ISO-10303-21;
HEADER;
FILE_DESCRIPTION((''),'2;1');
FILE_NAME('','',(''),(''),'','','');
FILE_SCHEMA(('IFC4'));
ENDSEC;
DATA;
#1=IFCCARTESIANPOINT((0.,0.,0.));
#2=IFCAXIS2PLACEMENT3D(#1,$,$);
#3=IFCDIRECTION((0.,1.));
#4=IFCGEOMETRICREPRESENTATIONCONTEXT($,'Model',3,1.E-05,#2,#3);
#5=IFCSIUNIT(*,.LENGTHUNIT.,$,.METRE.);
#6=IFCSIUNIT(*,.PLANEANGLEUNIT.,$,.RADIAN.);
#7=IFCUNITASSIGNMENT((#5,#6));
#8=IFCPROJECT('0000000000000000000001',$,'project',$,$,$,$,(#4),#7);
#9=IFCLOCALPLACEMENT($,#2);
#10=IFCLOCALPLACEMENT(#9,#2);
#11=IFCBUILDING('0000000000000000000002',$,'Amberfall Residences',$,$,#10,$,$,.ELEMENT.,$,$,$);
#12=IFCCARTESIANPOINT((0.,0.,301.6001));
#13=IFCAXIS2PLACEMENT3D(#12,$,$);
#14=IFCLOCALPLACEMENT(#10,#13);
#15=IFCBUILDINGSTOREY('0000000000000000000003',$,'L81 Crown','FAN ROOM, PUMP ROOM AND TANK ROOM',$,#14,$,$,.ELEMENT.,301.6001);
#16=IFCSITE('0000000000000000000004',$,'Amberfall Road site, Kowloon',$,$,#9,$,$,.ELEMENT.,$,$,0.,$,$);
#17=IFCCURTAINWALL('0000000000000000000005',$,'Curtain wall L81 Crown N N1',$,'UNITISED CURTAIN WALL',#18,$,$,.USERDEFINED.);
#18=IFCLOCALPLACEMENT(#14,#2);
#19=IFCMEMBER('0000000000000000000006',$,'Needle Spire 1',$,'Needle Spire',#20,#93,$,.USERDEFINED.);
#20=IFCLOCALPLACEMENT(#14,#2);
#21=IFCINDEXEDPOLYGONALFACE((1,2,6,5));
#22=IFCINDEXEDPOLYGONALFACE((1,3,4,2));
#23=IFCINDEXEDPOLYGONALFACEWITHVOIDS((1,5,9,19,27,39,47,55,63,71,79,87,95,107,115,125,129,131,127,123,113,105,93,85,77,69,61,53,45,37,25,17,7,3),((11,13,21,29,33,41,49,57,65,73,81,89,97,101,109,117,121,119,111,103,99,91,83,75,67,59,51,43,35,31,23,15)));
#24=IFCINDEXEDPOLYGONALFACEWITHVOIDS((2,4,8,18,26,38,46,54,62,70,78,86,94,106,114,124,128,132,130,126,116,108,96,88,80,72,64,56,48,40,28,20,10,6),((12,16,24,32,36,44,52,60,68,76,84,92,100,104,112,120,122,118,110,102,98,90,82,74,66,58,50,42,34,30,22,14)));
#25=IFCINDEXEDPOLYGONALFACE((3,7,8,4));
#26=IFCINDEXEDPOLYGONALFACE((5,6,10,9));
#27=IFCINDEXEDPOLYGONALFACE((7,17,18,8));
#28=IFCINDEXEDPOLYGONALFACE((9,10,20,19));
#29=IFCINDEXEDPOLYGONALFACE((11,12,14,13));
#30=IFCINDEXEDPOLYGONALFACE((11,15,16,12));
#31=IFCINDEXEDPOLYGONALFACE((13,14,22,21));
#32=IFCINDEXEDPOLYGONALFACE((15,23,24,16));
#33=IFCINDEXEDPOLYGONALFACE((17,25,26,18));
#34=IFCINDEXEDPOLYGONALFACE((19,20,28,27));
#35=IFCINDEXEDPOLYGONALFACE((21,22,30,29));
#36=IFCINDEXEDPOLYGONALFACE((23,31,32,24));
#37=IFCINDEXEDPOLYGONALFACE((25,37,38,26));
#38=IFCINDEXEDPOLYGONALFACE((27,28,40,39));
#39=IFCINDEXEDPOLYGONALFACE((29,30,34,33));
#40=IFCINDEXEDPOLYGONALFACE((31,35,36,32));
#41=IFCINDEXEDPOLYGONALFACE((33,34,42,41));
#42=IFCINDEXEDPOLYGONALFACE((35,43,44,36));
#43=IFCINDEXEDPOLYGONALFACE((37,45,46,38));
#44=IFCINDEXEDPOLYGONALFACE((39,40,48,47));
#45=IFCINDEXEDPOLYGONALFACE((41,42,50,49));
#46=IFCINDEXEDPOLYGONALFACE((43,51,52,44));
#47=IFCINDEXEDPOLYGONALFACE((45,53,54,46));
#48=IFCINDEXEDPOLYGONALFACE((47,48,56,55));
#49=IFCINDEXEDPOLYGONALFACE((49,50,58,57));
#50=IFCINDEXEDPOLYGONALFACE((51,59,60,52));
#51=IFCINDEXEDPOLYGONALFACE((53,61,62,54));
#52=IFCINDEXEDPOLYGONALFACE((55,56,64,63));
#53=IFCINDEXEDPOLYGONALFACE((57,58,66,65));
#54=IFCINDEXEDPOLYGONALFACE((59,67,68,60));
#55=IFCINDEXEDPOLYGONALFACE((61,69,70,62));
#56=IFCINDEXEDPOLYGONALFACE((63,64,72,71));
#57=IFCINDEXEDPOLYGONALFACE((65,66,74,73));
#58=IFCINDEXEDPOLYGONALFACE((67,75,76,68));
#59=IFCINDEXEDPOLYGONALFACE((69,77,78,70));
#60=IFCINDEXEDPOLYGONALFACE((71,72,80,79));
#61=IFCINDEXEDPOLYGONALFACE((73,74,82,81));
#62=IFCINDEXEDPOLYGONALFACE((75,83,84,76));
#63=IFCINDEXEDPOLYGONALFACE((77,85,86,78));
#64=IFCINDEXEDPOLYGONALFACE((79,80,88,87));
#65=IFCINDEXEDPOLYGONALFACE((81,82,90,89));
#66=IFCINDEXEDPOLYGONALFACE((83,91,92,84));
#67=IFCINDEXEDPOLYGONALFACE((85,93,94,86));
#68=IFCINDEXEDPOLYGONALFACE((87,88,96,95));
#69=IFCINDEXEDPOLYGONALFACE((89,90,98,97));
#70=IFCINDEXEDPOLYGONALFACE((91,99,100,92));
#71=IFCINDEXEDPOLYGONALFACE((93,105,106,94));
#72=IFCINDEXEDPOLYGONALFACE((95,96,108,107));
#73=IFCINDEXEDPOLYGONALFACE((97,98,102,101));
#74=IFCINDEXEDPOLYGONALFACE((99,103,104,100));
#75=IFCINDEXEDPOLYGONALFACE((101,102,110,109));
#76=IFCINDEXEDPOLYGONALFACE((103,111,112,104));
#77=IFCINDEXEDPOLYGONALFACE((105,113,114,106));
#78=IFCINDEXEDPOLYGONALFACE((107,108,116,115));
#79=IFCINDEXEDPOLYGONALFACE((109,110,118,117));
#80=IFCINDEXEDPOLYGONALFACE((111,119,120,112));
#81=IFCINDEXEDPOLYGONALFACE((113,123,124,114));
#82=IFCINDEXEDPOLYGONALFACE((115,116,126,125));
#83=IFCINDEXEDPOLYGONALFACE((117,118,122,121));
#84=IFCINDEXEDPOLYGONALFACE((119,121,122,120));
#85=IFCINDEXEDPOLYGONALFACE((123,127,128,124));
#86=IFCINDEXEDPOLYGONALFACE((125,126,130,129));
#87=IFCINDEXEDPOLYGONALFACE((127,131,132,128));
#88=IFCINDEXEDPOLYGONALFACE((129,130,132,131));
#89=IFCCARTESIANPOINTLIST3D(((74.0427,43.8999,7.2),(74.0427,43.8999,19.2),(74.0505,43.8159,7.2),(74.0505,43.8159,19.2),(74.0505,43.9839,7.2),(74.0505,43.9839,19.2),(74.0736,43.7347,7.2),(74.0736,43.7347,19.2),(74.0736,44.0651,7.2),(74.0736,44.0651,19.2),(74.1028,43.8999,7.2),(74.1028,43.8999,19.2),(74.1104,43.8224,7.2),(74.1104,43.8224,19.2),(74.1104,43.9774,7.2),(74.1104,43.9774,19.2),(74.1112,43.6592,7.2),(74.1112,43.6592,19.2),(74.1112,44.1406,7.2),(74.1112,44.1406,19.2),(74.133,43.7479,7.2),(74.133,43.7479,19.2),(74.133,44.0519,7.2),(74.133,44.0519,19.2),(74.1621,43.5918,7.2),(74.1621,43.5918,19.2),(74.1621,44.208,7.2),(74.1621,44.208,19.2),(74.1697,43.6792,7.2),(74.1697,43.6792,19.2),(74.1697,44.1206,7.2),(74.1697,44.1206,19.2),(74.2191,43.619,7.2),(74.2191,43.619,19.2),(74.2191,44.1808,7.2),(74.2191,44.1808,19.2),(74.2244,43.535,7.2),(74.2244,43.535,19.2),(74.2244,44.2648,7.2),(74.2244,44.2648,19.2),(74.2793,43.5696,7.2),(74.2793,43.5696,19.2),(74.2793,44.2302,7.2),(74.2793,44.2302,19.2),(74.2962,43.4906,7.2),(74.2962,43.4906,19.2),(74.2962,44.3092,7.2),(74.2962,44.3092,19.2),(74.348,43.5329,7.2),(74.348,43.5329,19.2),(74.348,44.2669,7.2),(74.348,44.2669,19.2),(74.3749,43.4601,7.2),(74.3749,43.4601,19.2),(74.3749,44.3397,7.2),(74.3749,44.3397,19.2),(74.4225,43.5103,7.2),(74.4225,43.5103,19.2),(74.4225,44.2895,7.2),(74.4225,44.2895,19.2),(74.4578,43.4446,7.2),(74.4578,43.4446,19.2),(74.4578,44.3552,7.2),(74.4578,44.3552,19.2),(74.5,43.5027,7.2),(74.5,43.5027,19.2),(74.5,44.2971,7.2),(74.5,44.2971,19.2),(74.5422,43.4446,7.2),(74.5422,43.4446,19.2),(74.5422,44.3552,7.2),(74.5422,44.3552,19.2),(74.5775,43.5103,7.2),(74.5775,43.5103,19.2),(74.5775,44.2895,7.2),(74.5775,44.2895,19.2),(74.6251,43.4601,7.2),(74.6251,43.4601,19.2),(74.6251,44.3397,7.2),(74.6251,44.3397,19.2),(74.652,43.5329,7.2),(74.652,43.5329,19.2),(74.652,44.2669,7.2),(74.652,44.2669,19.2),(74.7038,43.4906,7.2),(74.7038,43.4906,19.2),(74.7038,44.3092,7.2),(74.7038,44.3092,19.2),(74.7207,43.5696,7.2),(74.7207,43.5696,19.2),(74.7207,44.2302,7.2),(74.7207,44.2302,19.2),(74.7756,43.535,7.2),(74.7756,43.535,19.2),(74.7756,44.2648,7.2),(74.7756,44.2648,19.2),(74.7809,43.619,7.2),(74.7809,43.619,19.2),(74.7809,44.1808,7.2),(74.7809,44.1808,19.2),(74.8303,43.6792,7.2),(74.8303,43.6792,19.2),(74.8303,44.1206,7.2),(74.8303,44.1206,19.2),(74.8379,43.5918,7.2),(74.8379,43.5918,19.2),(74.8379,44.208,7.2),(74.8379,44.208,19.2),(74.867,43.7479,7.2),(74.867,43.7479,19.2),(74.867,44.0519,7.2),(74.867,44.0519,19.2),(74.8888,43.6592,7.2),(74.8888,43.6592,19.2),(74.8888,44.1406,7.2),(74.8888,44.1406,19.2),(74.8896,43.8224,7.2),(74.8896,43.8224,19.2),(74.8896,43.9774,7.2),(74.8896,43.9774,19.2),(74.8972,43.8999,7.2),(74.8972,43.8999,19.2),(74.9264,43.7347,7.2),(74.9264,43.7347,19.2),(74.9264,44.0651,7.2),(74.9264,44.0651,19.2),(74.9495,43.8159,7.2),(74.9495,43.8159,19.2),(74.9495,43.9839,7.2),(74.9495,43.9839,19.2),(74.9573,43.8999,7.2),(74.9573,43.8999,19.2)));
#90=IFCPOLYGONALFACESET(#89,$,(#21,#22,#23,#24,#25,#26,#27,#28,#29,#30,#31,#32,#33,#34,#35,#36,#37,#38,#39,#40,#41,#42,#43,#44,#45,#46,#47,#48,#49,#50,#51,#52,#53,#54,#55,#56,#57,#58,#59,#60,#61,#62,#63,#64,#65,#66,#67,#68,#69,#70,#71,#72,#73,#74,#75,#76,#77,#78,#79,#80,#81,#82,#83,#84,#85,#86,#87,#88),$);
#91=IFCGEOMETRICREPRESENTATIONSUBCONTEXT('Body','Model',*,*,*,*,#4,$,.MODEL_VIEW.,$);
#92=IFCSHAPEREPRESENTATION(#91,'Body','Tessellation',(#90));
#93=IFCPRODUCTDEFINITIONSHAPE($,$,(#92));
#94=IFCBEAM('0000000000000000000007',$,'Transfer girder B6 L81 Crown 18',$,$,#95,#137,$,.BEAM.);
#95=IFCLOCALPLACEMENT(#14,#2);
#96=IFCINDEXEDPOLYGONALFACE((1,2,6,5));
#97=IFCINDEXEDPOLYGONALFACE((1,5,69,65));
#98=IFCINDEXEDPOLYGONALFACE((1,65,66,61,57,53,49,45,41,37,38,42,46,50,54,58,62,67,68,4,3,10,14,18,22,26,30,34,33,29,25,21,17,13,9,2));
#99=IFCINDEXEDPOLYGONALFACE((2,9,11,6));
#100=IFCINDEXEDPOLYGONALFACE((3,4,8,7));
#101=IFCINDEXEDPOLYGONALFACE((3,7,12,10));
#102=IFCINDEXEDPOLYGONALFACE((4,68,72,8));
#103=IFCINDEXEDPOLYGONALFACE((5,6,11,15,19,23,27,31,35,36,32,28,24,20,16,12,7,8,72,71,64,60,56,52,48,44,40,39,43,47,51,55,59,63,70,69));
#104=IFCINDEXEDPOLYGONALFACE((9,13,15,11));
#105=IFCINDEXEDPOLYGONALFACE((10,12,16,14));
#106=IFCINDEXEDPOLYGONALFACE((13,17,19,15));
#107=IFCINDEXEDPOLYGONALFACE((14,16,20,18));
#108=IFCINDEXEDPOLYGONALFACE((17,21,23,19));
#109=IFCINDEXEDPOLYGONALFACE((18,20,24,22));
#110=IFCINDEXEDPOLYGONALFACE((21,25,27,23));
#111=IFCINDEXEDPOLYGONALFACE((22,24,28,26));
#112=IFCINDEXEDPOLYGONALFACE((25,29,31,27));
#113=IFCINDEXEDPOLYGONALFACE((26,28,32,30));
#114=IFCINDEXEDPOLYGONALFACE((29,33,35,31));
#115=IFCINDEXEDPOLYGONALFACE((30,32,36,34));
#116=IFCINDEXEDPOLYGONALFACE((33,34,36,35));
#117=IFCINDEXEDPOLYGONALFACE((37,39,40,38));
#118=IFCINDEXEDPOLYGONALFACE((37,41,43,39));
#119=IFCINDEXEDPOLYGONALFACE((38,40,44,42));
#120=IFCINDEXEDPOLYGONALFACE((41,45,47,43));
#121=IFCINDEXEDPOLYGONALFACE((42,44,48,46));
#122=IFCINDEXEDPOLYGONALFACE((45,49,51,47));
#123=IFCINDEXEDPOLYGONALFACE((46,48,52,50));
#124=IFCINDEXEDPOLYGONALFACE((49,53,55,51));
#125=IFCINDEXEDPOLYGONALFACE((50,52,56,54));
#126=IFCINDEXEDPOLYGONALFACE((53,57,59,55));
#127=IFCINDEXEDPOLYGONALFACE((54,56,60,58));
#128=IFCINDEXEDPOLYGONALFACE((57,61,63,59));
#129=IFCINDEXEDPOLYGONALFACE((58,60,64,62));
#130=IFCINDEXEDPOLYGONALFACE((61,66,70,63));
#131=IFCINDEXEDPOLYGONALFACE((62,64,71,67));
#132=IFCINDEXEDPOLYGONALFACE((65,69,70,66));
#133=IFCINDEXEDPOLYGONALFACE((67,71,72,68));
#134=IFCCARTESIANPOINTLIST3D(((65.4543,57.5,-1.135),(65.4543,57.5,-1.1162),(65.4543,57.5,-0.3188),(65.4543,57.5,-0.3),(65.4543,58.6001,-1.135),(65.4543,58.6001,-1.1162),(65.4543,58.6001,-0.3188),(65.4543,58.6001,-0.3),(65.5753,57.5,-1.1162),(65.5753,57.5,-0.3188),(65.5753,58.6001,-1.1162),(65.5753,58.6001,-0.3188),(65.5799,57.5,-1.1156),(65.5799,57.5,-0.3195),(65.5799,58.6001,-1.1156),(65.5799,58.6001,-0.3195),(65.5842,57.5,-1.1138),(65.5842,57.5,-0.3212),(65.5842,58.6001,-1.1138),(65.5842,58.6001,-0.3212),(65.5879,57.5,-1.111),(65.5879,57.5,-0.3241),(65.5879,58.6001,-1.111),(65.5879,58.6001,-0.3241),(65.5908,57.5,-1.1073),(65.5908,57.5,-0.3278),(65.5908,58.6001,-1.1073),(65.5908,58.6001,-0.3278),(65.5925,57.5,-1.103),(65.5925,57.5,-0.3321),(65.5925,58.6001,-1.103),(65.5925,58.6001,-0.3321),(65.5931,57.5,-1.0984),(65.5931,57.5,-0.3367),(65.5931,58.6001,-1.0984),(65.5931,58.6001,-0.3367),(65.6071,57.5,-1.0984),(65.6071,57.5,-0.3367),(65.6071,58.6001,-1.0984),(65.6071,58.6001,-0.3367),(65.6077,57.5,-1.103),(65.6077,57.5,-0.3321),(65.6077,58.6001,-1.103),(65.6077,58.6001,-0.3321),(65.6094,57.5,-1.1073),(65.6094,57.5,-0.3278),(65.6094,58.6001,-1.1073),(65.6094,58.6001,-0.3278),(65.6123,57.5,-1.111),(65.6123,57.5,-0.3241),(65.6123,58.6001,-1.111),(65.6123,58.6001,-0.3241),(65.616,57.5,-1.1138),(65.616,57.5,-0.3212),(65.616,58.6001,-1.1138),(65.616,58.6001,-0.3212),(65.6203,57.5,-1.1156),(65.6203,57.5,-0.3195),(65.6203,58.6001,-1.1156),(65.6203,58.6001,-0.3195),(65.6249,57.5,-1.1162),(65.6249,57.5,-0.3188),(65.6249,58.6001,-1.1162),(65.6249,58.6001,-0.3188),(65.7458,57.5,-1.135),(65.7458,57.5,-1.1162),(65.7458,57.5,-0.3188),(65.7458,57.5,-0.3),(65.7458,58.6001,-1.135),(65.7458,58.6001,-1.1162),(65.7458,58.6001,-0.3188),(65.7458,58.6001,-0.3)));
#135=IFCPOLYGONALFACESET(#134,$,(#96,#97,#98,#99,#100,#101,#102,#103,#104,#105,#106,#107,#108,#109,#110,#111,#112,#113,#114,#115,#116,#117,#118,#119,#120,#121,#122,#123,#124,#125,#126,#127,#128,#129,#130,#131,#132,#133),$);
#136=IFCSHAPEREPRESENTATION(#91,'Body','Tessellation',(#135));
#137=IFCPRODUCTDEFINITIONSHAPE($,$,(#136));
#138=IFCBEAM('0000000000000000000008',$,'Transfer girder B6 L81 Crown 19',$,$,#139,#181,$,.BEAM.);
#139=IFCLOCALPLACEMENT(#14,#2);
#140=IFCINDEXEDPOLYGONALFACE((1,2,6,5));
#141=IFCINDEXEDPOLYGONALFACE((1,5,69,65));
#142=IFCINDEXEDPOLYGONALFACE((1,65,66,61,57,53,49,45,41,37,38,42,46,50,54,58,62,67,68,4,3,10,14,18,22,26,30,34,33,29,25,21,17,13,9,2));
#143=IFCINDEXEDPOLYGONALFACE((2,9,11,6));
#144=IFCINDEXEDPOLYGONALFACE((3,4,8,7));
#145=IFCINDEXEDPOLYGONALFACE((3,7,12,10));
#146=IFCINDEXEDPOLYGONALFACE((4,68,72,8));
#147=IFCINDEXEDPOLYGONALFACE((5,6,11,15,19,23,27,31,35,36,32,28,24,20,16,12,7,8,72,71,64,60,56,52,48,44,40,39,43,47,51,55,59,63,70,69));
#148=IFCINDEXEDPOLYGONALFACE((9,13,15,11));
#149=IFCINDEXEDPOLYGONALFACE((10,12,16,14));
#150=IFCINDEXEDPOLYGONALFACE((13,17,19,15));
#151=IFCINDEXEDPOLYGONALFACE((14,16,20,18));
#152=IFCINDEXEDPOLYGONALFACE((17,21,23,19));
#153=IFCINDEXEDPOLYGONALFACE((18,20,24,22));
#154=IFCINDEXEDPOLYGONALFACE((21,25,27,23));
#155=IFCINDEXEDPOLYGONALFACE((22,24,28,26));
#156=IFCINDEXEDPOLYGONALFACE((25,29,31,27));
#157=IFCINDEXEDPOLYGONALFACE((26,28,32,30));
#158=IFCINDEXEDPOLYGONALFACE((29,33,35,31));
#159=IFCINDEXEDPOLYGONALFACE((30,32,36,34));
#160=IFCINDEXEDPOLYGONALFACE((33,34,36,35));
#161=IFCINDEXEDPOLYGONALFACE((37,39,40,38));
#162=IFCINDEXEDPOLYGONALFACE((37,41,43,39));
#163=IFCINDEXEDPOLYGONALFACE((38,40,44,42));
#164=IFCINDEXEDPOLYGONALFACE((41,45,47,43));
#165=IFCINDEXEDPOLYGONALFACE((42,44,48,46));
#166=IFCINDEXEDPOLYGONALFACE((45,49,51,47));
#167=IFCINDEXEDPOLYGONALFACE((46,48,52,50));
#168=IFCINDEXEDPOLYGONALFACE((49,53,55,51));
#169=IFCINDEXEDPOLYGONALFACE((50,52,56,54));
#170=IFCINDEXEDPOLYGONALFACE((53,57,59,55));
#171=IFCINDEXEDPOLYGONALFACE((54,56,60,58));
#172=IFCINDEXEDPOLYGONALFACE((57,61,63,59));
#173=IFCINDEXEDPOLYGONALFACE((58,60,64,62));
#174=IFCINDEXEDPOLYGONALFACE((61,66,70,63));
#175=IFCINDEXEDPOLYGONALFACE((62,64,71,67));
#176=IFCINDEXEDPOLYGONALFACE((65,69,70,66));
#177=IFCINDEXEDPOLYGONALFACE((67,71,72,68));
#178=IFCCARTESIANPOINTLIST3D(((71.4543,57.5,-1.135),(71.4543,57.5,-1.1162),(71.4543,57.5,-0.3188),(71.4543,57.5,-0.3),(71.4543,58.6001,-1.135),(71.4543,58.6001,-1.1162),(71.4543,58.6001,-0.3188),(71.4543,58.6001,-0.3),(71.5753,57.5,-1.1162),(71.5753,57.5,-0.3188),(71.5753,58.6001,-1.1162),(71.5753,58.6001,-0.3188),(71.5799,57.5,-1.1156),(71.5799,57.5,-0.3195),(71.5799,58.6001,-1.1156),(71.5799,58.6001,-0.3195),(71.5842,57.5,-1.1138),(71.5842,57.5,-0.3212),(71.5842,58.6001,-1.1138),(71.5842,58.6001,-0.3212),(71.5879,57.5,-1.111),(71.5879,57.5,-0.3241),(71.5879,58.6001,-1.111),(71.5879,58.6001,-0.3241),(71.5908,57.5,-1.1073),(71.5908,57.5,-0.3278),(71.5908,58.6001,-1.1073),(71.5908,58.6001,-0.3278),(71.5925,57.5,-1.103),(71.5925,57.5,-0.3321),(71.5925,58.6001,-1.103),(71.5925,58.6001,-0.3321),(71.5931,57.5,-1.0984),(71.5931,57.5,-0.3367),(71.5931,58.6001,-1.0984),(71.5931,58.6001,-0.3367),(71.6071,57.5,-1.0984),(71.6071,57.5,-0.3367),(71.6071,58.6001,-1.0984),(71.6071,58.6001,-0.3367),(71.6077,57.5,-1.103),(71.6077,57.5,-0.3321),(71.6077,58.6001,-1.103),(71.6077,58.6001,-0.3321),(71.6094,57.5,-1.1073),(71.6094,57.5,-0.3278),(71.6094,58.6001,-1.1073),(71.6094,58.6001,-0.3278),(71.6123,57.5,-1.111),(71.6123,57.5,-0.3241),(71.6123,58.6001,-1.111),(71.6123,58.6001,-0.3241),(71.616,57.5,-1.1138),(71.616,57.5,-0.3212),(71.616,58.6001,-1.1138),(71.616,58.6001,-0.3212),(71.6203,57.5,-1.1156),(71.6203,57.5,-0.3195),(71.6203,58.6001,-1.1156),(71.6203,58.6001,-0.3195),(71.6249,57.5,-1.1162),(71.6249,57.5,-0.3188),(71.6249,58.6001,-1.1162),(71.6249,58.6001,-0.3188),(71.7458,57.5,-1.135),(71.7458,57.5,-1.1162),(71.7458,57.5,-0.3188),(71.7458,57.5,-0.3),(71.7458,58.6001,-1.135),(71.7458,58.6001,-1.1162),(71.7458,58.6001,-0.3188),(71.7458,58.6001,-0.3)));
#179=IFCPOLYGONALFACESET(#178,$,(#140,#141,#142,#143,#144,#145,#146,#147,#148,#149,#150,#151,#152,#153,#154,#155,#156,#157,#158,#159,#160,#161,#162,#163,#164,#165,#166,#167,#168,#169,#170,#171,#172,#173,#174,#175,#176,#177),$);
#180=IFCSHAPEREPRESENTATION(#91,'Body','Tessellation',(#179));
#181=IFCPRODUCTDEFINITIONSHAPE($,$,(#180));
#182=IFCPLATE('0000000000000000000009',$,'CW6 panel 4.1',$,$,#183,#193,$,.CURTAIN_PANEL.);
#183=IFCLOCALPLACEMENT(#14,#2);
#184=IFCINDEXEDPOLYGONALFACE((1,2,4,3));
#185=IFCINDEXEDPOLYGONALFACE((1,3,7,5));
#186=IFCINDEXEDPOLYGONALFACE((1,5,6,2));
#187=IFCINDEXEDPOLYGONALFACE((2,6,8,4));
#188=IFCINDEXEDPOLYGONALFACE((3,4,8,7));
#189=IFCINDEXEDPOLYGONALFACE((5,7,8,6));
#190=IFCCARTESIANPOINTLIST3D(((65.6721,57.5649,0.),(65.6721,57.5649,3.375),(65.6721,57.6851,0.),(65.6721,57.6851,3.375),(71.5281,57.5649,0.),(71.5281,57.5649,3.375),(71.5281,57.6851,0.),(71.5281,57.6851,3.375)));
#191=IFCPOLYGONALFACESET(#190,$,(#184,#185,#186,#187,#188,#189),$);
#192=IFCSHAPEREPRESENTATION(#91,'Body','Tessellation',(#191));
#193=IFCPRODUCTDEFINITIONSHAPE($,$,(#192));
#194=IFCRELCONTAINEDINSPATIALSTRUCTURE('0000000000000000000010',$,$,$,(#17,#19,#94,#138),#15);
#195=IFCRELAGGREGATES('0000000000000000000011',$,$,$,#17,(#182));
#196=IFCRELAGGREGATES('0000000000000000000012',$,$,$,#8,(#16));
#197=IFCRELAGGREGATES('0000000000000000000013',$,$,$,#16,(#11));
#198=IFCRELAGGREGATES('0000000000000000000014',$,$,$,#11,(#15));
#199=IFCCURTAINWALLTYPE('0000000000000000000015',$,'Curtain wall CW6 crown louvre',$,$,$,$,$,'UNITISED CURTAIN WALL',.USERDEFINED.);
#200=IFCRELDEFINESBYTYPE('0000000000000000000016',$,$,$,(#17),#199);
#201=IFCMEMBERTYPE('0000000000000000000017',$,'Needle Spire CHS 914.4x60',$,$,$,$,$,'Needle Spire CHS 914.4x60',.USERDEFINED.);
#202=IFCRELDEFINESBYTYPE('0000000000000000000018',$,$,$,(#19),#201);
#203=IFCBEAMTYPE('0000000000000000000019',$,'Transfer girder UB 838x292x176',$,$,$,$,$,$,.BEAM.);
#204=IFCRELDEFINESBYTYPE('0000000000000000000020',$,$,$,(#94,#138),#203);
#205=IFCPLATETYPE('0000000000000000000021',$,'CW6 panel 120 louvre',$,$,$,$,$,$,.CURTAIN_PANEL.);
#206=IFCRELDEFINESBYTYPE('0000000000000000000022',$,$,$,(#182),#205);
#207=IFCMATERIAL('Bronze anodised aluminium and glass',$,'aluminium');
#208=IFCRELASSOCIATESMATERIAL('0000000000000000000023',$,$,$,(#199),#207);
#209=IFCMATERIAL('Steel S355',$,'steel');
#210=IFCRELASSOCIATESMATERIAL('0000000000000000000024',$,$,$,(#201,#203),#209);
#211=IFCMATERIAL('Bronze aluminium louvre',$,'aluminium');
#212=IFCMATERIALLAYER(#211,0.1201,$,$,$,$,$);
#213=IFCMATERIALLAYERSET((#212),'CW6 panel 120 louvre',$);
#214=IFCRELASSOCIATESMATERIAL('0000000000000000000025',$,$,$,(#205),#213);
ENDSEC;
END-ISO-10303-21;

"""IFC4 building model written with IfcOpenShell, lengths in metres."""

from ifc_helpers import new_model, si_unit, direction, frame, origin, origin_2d, place, context, subcontext, project, spatial, rectangle, hollow_circle, i_section, extrude, material, layer, layer_set, material_profile, profile_set, type_object, element, aggregate, save


model = new_model("IFC4")

# Units and contexts
model_context = context("Model", 3, precision=1e-05, world=origin(), true_north=direction((0.0, 1.0)))
body_context = subcontext(model_context, "Body", "Model", "MODEL_VIEW")
ifc_project = project(units=[si_unit("LENGTHUNIT", "METRE"), si_unit("PLANEANGLEUNIT", "RADIAN")], contexts=[model_context])

# Site, building, storey
site_placement = place(None, origin())
site = spatial("IfcSite", under=ifc_project, at=site_placement, Name="Amberfall Road site, Kowloon", CompositionType="ELEMENT", RefElevation=0.0)
building_placement = place(site_placement, origin())
building = spatial("IfcBuilding", under=site, at=building_placement, Name="Amberfall Residences", CompositionType="ELEMENT")
storey_placement = place(building_placement, frame((0.0, 0.0, 301.6001)))
storey = spatial("IfcBuildingStorey", under=building, at=storey_placement, Name="L81 Crown", Description="FAN ROOM, PUMP ROOM AND TANK ROOM", CompositionType="ELEMENT", Elevation=301.6001)

# Curtain wall
ifc_material_1 = material(Name="Bronze anodised aluminium and glass", Category="aluminium")
curtain_wall_type = type_object("IfcCurtainWallType", Name="Curtain wall CW6 crown louvre", ElementType="UNITISED CURTAIN WALL", PredefinedType="USERDEFINED", material=ifc_material_1)
curtain_wall_placement = place(storey_placement, origin())
curtain_wall = element("IfcCurtainWall", 1, at=curtain_wall_placement, inside=storey, type_object=curtain_wall_type, Name="Curtain wall L81 Crown N N1", ObjectType="UNITISED CURTAIN WALL", PredefinedType="USERDEFINED")

# Shared definitions
ifc_material_2 = material(Name="Steel S355", Category="steel")

# Member
ifc_material_profile_1 = material_profile(ifc_material_2, hollow_circle(Radius=0.4573, WallThickness=0.0601, at=origin_2d()), Name="CHS 914.4x60")
ifc_profile_set_1 = profile_set([ifc_material_profile_1], Name="Steel S355")
member_type_1 = type_object("IfcMemberType", Name="Needle Spire CHS 914.4x60", ElementType="Needle Spire CHS 914.4x60", PredefinedType="USERDEFINED", material=ifc_profile_set_1)
member_1_placement = place(storey_placement, frame((74.5, 43.8999, 7.2), z_axis=(0.0, 0.0, 1.0), x_axis=(1.0, 0.0, 0.0)))
element("IfcMember", 2, at=member_1_placement, inside=storey, type_object=member_type_1, Name="Needle Spire 1", ObjectType="Needle Spire", PredefinedType="USERDEFINED", context=body_context, shape_type="SweptSolid", body=[
    extrude(hollow_circle(Radius=0.4573, WallThickness=0.0601, at=origin_2d()), origin(), (0.0, 0.0, 1.0), 12.0),
])

# Beams
ifc_material_profile_2 = material_profile(ifc_material_2, i_section(OverallWidth=0.2915, OverallDepth=0.835, WebThickness=0.0139, FlangeThickness=0.0188, FilletRadius=0.0178, at=origin_2d()), Name="UB 838x292x176")
ifc_profile_set_2 = profile_set([ifc_material_profile_2], Name="Steel S355")
beam_type_1 = type_object("IfcBeamType", Name="Transfer girder UB 838x292x176", PredefinedType="BEAM", material=ifc_profile_set_2)
for number, where, z_axis, x_axis, name in (
    (3, (65.6001, 58.6001, -0.7175), (0.0, -1.0, 0.0), (1.0, 0.0, 0.0), "Transfer girder B6 L81 Crown 18"),
    (4, (71.6001, 58.6001, -0.7175), (0.0, -1.0, 0.0), (1.0, 0.0, 0.0), "Transfer girder B6 L81 Crown 19"),
):
    element("IfcBeam", number, at=place(storey_placement, frame(where, z_axis=z_axis, x_axis=x_axis)), inside=storey, type_object=beam_type_1, Name=name, PredefinedType="BEAM", context=body_context, shape_type="SweptSolid", body=[
        extrude(i_section(OverallWidth=0.2915, OverallDepth=0.835, WebThickness=0.0139, FlangeThickness=0.0188, FilletRadius=0.0178, at=origin_2d()), origin(), (0.0, 0.0, 1.0), 1.1001),
    ])

# Plate
ifc_material_3 = material(Name="Bronze aluminium louvre", Category="aluminium")
ifc_layer_1 = layer(ifc_material_3, 0.1201)
ifc_layer_set_1 = layer_set([ifc_layer_1], Name="CW6 panel 120 louvre")
plate_type = type_object("IfcPlateType", Name="CW6 panel 120 louvre", PredefinedType="CURTAIN_PANEL", material=ifc_layer_set_1)
plate_1_placement = place(storey_placement, frame((68.6001, 57.625, 0.0), z_axis=(0.0, 0.0, 1.0), x_axis=(-1.0, 0.0, 0.0)))
plate_1 = element("IfcPlate", 5, at=plate_1_placement, type_object=plate_type, Name="CW6 panel 4.1", PredefinedType="CURTAIN_PANEL", context=body_context, shape_type="SweptSolid", body=[
    extrude(rectangle(XDim=5.856, YDim=0.1201, at=origin_2d()), origin(), (0.0, 0.0, 1.0), 3.375),
])
aggregate(curtain_wall, [plate_1])

save(model, "model.ifc")
